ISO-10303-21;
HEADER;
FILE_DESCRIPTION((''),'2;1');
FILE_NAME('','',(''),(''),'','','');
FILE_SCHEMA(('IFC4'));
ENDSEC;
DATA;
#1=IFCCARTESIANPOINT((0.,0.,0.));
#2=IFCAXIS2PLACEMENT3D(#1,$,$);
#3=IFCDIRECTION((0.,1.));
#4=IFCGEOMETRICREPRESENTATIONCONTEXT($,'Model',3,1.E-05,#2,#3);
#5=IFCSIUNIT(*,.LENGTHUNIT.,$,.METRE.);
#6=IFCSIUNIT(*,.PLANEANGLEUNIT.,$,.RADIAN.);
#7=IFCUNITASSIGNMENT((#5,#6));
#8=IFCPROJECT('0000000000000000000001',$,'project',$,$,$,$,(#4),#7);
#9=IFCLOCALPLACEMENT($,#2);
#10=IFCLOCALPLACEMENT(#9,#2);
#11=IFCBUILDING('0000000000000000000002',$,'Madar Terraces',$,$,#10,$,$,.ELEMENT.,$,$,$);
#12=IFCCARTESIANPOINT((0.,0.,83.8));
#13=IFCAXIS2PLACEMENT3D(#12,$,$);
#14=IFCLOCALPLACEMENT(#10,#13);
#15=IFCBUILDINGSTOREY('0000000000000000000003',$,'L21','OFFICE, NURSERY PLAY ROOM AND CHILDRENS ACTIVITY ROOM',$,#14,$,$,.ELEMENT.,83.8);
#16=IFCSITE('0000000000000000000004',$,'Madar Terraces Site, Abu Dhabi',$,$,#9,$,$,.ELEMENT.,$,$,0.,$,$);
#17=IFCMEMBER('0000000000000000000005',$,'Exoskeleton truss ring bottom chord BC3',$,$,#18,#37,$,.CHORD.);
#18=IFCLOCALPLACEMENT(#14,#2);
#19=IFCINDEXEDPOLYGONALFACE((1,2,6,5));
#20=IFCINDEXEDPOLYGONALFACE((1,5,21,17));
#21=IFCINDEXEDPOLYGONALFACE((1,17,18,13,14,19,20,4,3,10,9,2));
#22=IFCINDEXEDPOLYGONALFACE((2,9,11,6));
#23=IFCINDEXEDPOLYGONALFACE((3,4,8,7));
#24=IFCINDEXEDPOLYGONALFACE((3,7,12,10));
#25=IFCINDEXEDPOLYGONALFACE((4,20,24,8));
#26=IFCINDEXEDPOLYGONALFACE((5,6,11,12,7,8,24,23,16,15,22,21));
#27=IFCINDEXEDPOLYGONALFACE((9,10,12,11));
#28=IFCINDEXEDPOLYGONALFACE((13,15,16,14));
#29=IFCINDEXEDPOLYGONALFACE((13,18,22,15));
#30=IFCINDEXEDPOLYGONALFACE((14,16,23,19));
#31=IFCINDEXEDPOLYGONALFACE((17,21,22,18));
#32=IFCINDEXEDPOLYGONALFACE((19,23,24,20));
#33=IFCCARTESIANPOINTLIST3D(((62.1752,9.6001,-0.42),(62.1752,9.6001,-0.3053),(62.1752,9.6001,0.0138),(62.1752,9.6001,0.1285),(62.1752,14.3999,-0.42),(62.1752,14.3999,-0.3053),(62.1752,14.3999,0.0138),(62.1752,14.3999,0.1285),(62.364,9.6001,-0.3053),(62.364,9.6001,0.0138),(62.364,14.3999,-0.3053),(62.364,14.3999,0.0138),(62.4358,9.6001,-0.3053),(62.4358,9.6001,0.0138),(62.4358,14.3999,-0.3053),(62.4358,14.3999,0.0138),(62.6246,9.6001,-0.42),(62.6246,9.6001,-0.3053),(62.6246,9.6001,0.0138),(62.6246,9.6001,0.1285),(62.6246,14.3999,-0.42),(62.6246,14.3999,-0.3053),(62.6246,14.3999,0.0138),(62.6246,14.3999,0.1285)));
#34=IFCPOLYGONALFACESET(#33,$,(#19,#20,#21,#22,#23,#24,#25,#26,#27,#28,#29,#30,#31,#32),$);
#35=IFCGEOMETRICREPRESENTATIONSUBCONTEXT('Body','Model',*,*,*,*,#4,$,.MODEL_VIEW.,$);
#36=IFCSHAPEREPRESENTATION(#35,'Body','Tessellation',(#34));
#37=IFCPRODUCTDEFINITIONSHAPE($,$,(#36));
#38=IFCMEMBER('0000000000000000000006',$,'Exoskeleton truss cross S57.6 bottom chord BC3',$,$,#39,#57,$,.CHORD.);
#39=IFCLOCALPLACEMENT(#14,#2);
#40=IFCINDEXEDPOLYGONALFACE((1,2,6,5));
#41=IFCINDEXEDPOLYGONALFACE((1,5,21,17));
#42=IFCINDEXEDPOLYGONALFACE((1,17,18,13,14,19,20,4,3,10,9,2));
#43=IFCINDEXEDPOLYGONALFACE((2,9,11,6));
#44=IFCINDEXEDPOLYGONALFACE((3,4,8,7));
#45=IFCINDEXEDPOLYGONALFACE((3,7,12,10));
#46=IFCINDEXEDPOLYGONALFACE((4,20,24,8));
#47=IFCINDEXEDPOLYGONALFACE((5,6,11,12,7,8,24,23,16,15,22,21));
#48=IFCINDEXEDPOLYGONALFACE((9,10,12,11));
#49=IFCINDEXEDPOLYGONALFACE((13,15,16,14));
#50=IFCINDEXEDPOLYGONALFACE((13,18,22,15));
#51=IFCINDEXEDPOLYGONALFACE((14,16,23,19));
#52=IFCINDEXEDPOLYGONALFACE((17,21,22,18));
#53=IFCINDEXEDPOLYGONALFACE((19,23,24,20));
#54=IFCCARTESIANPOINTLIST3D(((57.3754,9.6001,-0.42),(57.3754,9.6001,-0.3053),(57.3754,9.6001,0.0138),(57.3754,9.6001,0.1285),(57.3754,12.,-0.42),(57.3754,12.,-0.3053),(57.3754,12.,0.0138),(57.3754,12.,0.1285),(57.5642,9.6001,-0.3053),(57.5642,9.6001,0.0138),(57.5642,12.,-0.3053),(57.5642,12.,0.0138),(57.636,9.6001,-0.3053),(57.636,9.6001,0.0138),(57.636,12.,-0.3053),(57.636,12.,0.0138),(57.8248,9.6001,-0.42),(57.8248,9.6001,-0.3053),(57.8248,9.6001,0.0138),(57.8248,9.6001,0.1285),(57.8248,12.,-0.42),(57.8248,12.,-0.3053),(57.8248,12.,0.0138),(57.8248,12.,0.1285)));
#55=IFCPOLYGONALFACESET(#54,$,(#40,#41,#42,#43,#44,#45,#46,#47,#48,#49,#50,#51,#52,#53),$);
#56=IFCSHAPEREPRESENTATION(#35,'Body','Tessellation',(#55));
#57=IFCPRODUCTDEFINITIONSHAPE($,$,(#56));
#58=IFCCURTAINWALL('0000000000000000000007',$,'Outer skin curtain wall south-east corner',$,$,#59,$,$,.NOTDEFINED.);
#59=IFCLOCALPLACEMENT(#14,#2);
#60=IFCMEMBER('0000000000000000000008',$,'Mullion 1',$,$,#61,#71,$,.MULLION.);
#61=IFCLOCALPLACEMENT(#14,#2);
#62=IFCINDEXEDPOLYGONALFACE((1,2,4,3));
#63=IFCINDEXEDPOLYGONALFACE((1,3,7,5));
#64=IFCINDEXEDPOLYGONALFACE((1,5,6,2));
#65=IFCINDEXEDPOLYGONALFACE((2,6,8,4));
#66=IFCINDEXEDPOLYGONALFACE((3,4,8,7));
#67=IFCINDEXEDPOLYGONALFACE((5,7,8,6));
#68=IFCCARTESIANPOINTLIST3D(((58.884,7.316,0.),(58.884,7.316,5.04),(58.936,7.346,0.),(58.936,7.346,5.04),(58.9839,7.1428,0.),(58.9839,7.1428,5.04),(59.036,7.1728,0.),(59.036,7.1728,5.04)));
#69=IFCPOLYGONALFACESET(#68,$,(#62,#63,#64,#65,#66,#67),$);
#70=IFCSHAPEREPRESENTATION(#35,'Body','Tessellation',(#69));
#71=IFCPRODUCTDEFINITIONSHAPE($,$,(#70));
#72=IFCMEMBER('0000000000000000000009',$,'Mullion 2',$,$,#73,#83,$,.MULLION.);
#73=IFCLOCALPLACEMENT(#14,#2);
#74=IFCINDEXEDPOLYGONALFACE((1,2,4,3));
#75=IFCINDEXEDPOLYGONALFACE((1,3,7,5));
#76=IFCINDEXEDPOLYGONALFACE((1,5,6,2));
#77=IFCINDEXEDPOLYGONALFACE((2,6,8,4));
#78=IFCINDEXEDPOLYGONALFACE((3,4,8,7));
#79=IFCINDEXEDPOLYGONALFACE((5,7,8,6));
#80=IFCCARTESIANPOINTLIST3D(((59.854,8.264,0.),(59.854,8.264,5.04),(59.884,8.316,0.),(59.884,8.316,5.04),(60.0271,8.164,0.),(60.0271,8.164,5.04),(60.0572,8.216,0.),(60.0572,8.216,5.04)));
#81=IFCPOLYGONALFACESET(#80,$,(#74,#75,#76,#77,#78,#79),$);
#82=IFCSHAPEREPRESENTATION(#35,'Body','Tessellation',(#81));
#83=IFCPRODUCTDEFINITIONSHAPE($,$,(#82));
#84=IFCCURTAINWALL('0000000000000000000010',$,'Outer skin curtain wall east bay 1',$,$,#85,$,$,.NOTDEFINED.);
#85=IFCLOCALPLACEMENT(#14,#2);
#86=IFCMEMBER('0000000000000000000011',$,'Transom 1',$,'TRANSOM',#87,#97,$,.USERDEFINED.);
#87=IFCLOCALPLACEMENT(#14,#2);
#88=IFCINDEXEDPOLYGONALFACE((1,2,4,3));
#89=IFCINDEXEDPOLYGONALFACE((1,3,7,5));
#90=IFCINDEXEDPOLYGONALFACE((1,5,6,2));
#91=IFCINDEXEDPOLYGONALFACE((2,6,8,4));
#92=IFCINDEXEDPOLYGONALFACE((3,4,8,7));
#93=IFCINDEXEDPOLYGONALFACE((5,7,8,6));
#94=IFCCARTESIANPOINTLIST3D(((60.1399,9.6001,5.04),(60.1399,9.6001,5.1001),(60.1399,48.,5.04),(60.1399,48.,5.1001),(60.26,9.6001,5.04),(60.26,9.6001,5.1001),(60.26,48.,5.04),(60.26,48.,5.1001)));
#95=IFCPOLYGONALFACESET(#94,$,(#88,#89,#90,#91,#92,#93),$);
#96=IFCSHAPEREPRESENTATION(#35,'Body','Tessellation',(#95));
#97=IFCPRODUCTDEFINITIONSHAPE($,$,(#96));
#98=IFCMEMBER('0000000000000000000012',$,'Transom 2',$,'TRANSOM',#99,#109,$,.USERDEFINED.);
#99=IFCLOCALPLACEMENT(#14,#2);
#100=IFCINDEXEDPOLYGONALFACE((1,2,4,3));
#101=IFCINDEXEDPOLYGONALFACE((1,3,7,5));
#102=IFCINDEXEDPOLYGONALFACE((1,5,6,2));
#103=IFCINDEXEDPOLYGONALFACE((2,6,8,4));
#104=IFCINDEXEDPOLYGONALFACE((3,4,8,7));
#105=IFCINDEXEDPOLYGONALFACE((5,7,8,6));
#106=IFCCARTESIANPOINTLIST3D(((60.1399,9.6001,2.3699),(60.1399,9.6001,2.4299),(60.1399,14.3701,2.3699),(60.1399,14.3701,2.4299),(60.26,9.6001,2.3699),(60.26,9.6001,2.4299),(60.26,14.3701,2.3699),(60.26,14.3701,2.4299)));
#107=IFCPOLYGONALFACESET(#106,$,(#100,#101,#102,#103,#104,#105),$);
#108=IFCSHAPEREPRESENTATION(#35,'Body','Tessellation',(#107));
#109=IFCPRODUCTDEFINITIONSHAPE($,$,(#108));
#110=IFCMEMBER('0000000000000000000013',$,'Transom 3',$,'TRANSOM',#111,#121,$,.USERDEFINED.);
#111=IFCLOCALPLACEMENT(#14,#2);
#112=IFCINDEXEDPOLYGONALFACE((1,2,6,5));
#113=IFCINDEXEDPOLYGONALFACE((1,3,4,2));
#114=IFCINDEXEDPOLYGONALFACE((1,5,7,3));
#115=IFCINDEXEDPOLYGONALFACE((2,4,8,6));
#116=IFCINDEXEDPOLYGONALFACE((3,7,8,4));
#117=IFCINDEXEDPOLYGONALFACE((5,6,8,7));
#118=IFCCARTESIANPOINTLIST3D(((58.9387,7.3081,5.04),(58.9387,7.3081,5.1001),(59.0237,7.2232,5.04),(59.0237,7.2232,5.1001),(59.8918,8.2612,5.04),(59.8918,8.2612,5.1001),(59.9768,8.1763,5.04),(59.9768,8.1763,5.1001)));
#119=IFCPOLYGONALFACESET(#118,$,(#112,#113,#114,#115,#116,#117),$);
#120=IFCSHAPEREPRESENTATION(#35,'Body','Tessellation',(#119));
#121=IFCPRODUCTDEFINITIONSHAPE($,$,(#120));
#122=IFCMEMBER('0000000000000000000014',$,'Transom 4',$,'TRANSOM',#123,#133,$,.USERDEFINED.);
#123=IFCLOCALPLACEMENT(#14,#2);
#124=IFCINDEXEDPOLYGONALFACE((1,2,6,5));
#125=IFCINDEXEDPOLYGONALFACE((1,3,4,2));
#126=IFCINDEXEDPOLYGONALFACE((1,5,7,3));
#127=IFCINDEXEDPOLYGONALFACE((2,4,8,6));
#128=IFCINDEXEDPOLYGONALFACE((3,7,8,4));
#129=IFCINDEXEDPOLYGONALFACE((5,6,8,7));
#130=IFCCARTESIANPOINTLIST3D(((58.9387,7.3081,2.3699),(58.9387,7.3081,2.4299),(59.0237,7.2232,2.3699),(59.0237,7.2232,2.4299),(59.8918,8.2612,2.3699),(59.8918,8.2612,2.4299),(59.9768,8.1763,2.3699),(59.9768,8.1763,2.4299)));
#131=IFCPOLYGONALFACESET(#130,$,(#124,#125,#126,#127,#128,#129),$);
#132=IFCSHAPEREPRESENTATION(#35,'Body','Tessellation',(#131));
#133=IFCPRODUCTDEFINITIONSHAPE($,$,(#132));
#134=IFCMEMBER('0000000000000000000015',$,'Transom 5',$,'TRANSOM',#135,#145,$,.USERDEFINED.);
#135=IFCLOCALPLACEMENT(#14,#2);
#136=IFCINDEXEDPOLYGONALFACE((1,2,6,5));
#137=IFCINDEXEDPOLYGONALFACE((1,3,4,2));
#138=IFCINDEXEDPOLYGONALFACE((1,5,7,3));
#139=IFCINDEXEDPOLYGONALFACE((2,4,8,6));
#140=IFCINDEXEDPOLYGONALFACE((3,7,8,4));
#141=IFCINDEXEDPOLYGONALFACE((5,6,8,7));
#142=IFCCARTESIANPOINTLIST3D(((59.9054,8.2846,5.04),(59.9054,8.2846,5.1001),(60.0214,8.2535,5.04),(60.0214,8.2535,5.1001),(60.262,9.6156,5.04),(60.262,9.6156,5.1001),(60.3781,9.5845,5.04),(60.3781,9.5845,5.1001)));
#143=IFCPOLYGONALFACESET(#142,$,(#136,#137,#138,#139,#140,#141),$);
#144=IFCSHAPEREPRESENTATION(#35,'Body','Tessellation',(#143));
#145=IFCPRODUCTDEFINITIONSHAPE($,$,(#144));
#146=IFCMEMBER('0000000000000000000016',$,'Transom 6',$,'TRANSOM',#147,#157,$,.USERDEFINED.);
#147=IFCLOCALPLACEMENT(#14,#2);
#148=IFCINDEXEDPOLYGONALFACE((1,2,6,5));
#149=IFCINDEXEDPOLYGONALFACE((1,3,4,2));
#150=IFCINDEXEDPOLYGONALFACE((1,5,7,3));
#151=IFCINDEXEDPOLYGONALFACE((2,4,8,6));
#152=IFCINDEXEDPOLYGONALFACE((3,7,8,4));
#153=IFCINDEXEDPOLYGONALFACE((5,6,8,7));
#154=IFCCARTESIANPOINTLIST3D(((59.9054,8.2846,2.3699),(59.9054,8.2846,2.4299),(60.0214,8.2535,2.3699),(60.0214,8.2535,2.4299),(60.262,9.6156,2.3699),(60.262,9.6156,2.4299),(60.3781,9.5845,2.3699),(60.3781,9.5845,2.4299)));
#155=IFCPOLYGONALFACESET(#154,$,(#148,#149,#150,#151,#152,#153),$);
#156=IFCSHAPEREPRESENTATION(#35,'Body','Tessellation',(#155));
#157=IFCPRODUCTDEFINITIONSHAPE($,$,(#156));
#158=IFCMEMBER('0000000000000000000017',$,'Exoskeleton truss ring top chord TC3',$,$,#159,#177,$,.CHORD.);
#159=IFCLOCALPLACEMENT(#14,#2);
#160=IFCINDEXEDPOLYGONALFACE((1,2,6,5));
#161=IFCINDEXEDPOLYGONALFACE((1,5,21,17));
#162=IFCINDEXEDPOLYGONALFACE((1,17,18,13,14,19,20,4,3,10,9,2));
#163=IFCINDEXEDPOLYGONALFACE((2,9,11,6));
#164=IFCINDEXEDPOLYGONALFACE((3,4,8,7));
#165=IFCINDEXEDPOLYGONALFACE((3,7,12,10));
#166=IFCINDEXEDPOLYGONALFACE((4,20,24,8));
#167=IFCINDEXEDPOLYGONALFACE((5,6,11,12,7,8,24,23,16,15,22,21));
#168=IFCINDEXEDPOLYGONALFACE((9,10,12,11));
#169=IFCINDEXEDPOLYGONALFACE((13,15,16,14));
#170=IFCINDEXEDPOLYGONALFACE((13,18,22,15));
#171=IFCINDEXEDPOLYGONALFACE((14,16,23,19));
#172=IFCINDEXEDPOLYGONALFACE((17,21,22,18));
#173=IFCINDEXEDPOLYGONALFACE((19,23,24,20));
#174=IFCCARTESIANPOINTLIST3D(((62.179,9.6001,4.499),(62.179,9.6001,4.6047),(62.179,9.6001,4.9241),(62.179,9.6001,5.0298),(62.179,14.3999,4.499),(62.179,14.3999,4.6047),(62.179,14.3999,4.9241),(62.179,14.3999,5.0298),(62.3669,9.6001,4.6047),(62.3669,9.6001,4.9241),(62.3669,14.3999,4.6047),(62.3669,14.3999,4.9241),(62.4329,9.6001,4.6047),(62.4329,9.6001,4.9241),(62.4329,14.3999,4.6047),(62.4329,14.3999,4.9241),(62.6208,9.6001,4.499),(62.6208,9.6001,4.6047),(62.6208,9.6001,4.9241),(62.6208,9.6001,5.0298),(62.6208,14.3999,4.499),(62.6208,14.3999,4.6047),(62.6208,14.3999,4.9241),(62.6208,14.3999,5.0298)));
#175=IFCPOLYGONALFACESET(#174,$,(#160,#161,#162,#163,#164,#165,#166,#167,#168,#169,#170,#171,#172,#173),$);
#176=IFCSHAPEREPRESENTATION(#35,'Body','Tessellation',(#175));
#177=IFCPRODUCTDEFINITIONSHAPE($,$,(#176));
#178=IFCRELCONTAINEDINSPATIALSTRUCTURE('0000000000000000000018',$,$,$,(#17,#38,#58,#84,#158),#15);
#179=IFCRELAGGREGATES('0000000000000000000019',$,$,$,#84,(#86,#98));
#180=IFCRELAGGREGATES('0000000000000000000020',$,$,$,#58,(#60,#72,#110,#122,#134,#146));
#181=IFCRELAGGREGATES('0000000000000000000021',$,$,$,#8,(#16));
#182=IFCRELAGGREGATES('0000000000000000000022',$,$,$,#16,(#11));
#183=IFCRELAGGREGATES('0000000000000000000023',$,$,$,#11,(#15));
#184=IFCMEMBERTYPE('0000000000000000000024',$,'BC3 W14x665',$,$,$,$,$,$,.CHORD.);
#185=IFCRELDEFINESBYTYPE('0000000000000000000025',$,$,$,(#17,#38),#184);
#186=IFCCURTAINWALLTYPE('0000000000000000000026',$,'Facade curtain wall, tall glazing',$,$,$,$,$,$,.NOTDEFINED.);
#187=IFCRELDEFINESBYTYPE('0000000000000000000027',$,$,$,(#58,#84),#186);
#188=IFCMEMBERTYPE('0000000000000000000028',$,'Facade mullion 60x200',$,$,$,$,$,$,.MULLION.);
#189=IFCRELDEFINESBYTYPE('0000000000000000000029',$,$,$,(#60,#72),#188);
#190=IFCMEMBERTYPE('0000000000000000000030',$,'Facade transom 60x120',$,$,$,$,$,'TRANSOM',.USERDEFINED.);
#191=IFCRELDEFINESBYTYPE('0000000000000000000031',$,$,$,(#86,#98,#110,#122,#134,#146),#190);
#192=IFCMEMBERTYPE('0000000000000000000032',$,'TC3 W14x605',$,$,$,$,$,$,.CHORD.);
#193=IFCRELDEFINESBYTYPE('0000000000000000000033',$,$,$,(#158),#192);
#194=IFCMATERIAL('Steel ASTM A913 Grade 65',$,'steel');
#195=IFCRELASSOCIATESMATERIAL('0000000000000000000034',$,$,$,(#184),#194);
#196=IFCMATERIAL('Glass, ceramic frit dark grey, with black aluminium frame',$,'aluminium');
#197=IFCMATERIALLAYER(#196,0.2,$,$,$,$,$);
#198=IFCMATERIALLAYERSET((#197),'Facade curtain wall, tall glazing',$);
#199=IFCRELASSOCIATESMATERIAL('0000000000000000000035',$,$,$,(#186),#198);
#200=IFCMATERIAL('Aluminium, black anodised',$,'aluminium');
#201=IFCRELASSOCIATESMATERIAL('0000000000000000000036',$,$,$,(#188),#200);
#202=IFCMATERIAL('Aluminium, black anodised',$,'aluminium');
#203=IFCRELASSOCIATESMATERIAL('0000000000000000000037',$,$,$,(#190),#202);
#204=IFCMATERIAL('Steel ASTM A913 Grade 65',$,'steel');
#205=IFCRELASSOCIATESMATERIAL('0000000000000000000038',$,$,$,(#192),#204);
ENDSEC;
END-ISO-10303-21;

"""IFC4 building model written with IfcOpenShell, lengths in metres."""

from ifc_helpers import new_model, si_unit, direction, frame, origin, origin_2d, place, context, subcontext, project, spatial, rectangle, i_section, extrude, material, layer, layer_set, material_profile, profile_set, type_object, element, aggregate, save


model = new_model("IFC4")

# Units and contexts
model_context = context("Model", 3, precision=1e-05, world=origin(), true_north=direction((0.0, 1.0)))
body_context = subcontext(model_context, "Body", "Model", "MODEL_VIEW")
ifc_project = project(units=[si_unit("LENGTHUNIT", "METRE"), si_unit("PLANEANGLEUNIT", "RADIAN")], contexts=[model_context])

# Site, building, storey
site_placement = place(None, origin())
site = spatial("IfcSite", under=ifc_project, at=site_placement, Name="Madar Terraces Site, Abu Dhabi", CompositionType="ELEMENT", RefElevation=0.0)
building_placement = place(site_placement, origin())
building = spatial("IfcBuilding", under=site, at=building_placement, Name="Madar Terraces", CompositionType="ELEMENT")
storey_placement = place(building_placement, frame((0.0, 0.0, 83.8)))
storey = spatial("IfcBuildingStorey", under=building, at=storey_placement, Name="L21", Description="OFFICE, NURSERY PLAY ROOM AND CHILDRENS ACTIVITY ROOM", CompositionType="ELEMENT", Elevation=83.8)

# Members
ifc_material_1 = material(Name="Steel ASTM A913 Grade 65", Category="steel")
ifc_material_profile_1 = material_profile(ifc_material_1, i_section(OverallWidth=0.4495, OverallDepth=0.5486, WebThickness=0.0718, FlangeThickness=0.1147, at=origin_2d()), Name="W14x665")
ifc_profile_set_1 = profile_set([ifc_material_profile_1], Name="Steel ASTM A913 Grade 65")
member_type_1 = type_object("IfcMemberType", Name="BC3 W14x665", PredefinedType="CHORD", material=ifc_profile_set_1)
member_1_placement = place(storey_placement, frame((62.3999, 9.6001, -0.1458), z_axis=(0.0, 1.0, 0.0), x_axis=(-1.0, 0.0, 0.0)))
element("IfcMember", 1, at=member_1_placement, inside=storey, type_object=member_type_1, Name="Exoskeleton truss ring bottom chord BC3", PredefinedType="CHORD", context=body_context, shape_type="SweptSolid", body=[
    extrude(i_section(OverallWidth=0.4495, OverallDepth=0.5486, WebThickness=0.0718, FlangeThickness=0.1147, at=origin_2d()), origin(), (0.0, 0.0, 1.0), 4.7998),
])
member_2_placement = place(storey_placement, frame((57.6001, 9.6001, -0.1458), z_axis=(0.0, 1.0, 0.0), x_axis=(-1.0, 0.0, 0.0)))
element("IfcMember", 2, at=member_2_placement, inside=storey, type_object=member_type_1, Name="Exoskeleton truss cross S57.6 bottom chord BC3", PredefinedType="CHORD", context=body_context, shape_type="SweptSolid", body=[
    extrude(i_section(OverallWidth=0.4495, OverallDepth=0.5486, WebThickness=0.0718, FlangeThickness=0.1147, at=origin_2d()), origin(), (0.0, 0.0, 1.0), 2.3999),
])

# Curtain walls, members
ifc_material_2 = material(Name="Glass, ceramic frit dark grey, with black aluminium frame", Category="aluminium")
ifc_layer_1 = layer(ifc_material_2, 0.2)
ifc_layer_set_1 = layer_set([ifc_layer_1], Name="Facade curtain wall, tall glazing")
curtain_wall_type = type_object("IfcCurtainWallType", Name="Facade curtain wall, tall glazing", PredefinedType="NOTDEFINED", material=ifc_layer_set_1)
curtain_wall_1_placement = place(storey_placement, origin())
curtain_wall_1 = element("IfcCurtainWall", 3, at=curtain_wall_1_placement, inside=storey, type_object=curtain_wall_type, Name="Outer skin curtain wall south-east corner", PredefinedType="NOTDEFINED")
ifc_material_3 = material(Name="Aluminium, black anodised", Category="aluminium")
ifc_material_profile_2 = material_profile(ifc_material_3, rectangle(XDim=0.2, YDim=0.0601, at=origin_2d()), Name="Facade mullion 60x200")
ifc_profile_set_2 = profile_set([ifc_material_profile_2], Name="Aluminium, black anodised")
member_type_2 = type_object("IfcMemberType", Name="Facade mullion 60x200", PredefinedType="MULLION", material=ifc_profile_set_2)
member_3_placement = place(storey_placement, frame((58.96, 7.2444, 0.0), z_axis=(0.0, 0.0, 1.0), x_axis=(-0.5, 0.866025, 0.0)))
member_3 = element("IfcMember", 4, at=member_3_placement, type_object=member_type_2, Name="Mullion 1", PredefinedType="MULLION", context=body_context, shape_type="SweptSolid", body=[
    extrude(rectangle(XDim=0.2, YDim=0.0601, at=origin_2d()), origin(), (0.0, 0.0, 1.0), 5.04),
])
member_4_placement = place(storey_placement, frame((59.9556, 8.24, 0.0), z_axis=(0.0, 0.0, 1.0), x_axis=(-0.866025, 0.5, 0.0)))
member_4 = element("IfcMember", 5, at=member_4_placement, type_object=member_type_2, Name="Mullion 2", PredefinedType="MULLION", context=body_context, shape_type="SweptSolid", body=[
    extrude(rectangle(XDim=0.2, YDim=0.0601, at=origin_2d()), origin(), (0.0, 0.0, 1.0), 5.04),
])
curtain_wall_2_placement = place(storey_placement, origin())
curtain_wall_2 = element("IfcCurtainWall", 6, at=curtain_wall_2_placement, inside=storey, type_object=curtain_wall_type, Name="Outer skin curtain wall east bay 1", PredefinedType="NOTDEFINED")
ifc_material_4 = material(Name="Aluminium, black anodised", Category="aluminium")
ifc_material_profile_3 = material_profile(ifc_material_4, rectangle(XDim=0.1201, YDim=0.0601, at=origin_2d()), Name="Facade transom 60x120")
ifc_profile_set_3 = profile_set([ifc_material_profile_3], Name="Aluminium, black anodised")
member_type_3 = type_object("IfcMemberType", Name="Facade transom 60x120", ElementType="TRANSOM", PredefinedType="USERDEFINED", material=ifc_profile_set_3)
member_5_placement = place(storey_placement, frame((60.2, 9.6001, 5.0701), z_axis=(0.0, 1.0, 0.0), x_axis=(-1.0, 0.0, 0.0)))
member_5 = element("IfcMember", 7, at=member_5_placement, type_object=member_type_3, Name="Transom 1", ObjectType="TRANSOM", PredefinedType="USERDEFINED", context=body_context, shape_type="SweptSolid", body=[
    extrude(rectangle(XDim=0.1201, YDim=0.0601, at=origin_2d()), origin(), (0.0, 0.0, 1.0), 38.3999),
])
member_6_placement = place(storey_placement, frame((60.2, 9.6001, 2.3999), z_axis=(0.0, 1.0, 0.0), x_axis=(-1.0, 0.0, 0.0)))
member_6 = element("IfcMember", 8, at=member_6_placement, type_object=member_type_3, Name="Transom 2", ObjectType="TRANSOM", PredefinedType="USERDEFINED", context=body_context, shape_type="SweptSolid", body=[
    extrude(rectangle(XDim=0.1201, YDim=0.0601, at=origin_2d()), origin(), (0.0, 0.0, 1.0), 4.77),
])
aggregate(curtain_wall_2, [member_5, member_6])

# Members
member_7_placement = place(storey_placement, frame((58.9812, 7.2656, 5.0701), z_axis=(0.707107, 0.707107, 0.0), x_axis=(-0.707107, 0.707107, 0.0)))
member_7 = element("IfcMember", 9, at=member_7_placement, type_object=member_type_3, Name="Transom 3", ObjectType="TRANSOM", PredefinedType="USERDEFINED", context=body_context, shape_type="SweptSolid", body=[
    extrude(rectangle(XDim=0.1201, YDim=0.0601, at=origin_2d()), origin(), (0.0, 0.0, 1.0), 1.3479),
])
member_8_placement = place(storey_placement, frame((58.9812, 7.2656, 2.3999), z_axis=(0.707107, 0.707107, 0.0), x_axis=(-0.707107, 0.707107, 0.0)))
member_8 = element("IfcMember", 10, at=member_8_placement, type_object=member_type_3, Name="Transom 4", ObjectType="TRANSOM", PredefinedType="USERDEFINED", context=body_context, shape_type="SweptSolid", body=[
    extrude(rectangle(XDim=0.1201, YDim=0.0601, at=origin_2d()), origin(), (0.0, 0.0, 1.0), 1.3479),
])
member_9_placement = place(storey_placement, frame((59.9634, 8.269, 5.0701), z_axis=(0.258842, 0.96592, 0.0), x_axis=(-0.96592, 0.258842, 0.0)))
member_9 = element("IfcMember", 11, at=member_9_placement, type_object=member_type_3, Name="Transom 5", ObjectType="TRANSOM", PredefinedType="USERDEFINED", context=body_context, shape_type="SweptSolid", body=[
    extrude(rectangle(XDim=0.1201, YDim=0.0601, at=origin_2d()), origin(), (0.0, 0.0, 1.0), 1.3779),
])
member_10_placement = place(storey_placement, frame((59.9634, 8.269, 2.3999), z_axis=(0.258842, 0.96592, 0.0), x_axis=(-0.96592, 0.258842, 0.0)))
member_10 = element("IfcMember", 12, at=member_10_placement, type_object=member_type_3, Name="Transom 6", ObjectType="TRANSOM", PredefinedType="USERDEFINED", context=body_context, shape_type="SweptSolid", body=[
    extrude(rectangle(XDim=0.1201, YDim=0.0601, at=origin_2d()), origin(), (0.0, 0.0, 1.0), 1.3779),
])

# Member
ifc_material_5 = material(Name="Steel ASTM A913 Grade 65", Category="steel")
ifc_material_profile_4 = material_profile(ifc_material_5, i_section(OverallWidth=0.4419, OverallDepth=0.5308, WebThickness=0.0659, FlangeThickness=0.1057, at=origin_2d()), Name="W14x605")
ifc_profile_set_4 = profile_set([ifc_material_profile_4], Name="Steel ASTM A913 Grade 65")
member_type_4 = type_object("IfcMemberType", Name="TC3 W14x605", PredefinedType="CHORD", material=ifc_profile_set_4)
member_11_placement = place(storey_placement, frame((62.3999, 9.6001, 4.7644), z_axis=(0.0, 1.0, 0.0), x_axis=(-1.0, 0.0, 0.0)))
element("IfcMember", 13, at=member_11_placement, inside=storey, type_object=member_type_4, Name="Exoskeleton truss ring top chord TC3", PredefinedType="CHORD", context=body_context, shape_type="SweptSolid", body=[
    extrude(i_section(OverallWidth=0.4419, OverallDepth=0.5308, WebThickness=0.0659, FlangeThickness=0.1057, at=origin_2d()), origin(), (0.0, 0.0, 1.0), 4.7998),
])

aggregate(curtain_wall_1, [member_3, member_4, member_7, member_8, member_9, member_10])

save(model, "model.ifc")
